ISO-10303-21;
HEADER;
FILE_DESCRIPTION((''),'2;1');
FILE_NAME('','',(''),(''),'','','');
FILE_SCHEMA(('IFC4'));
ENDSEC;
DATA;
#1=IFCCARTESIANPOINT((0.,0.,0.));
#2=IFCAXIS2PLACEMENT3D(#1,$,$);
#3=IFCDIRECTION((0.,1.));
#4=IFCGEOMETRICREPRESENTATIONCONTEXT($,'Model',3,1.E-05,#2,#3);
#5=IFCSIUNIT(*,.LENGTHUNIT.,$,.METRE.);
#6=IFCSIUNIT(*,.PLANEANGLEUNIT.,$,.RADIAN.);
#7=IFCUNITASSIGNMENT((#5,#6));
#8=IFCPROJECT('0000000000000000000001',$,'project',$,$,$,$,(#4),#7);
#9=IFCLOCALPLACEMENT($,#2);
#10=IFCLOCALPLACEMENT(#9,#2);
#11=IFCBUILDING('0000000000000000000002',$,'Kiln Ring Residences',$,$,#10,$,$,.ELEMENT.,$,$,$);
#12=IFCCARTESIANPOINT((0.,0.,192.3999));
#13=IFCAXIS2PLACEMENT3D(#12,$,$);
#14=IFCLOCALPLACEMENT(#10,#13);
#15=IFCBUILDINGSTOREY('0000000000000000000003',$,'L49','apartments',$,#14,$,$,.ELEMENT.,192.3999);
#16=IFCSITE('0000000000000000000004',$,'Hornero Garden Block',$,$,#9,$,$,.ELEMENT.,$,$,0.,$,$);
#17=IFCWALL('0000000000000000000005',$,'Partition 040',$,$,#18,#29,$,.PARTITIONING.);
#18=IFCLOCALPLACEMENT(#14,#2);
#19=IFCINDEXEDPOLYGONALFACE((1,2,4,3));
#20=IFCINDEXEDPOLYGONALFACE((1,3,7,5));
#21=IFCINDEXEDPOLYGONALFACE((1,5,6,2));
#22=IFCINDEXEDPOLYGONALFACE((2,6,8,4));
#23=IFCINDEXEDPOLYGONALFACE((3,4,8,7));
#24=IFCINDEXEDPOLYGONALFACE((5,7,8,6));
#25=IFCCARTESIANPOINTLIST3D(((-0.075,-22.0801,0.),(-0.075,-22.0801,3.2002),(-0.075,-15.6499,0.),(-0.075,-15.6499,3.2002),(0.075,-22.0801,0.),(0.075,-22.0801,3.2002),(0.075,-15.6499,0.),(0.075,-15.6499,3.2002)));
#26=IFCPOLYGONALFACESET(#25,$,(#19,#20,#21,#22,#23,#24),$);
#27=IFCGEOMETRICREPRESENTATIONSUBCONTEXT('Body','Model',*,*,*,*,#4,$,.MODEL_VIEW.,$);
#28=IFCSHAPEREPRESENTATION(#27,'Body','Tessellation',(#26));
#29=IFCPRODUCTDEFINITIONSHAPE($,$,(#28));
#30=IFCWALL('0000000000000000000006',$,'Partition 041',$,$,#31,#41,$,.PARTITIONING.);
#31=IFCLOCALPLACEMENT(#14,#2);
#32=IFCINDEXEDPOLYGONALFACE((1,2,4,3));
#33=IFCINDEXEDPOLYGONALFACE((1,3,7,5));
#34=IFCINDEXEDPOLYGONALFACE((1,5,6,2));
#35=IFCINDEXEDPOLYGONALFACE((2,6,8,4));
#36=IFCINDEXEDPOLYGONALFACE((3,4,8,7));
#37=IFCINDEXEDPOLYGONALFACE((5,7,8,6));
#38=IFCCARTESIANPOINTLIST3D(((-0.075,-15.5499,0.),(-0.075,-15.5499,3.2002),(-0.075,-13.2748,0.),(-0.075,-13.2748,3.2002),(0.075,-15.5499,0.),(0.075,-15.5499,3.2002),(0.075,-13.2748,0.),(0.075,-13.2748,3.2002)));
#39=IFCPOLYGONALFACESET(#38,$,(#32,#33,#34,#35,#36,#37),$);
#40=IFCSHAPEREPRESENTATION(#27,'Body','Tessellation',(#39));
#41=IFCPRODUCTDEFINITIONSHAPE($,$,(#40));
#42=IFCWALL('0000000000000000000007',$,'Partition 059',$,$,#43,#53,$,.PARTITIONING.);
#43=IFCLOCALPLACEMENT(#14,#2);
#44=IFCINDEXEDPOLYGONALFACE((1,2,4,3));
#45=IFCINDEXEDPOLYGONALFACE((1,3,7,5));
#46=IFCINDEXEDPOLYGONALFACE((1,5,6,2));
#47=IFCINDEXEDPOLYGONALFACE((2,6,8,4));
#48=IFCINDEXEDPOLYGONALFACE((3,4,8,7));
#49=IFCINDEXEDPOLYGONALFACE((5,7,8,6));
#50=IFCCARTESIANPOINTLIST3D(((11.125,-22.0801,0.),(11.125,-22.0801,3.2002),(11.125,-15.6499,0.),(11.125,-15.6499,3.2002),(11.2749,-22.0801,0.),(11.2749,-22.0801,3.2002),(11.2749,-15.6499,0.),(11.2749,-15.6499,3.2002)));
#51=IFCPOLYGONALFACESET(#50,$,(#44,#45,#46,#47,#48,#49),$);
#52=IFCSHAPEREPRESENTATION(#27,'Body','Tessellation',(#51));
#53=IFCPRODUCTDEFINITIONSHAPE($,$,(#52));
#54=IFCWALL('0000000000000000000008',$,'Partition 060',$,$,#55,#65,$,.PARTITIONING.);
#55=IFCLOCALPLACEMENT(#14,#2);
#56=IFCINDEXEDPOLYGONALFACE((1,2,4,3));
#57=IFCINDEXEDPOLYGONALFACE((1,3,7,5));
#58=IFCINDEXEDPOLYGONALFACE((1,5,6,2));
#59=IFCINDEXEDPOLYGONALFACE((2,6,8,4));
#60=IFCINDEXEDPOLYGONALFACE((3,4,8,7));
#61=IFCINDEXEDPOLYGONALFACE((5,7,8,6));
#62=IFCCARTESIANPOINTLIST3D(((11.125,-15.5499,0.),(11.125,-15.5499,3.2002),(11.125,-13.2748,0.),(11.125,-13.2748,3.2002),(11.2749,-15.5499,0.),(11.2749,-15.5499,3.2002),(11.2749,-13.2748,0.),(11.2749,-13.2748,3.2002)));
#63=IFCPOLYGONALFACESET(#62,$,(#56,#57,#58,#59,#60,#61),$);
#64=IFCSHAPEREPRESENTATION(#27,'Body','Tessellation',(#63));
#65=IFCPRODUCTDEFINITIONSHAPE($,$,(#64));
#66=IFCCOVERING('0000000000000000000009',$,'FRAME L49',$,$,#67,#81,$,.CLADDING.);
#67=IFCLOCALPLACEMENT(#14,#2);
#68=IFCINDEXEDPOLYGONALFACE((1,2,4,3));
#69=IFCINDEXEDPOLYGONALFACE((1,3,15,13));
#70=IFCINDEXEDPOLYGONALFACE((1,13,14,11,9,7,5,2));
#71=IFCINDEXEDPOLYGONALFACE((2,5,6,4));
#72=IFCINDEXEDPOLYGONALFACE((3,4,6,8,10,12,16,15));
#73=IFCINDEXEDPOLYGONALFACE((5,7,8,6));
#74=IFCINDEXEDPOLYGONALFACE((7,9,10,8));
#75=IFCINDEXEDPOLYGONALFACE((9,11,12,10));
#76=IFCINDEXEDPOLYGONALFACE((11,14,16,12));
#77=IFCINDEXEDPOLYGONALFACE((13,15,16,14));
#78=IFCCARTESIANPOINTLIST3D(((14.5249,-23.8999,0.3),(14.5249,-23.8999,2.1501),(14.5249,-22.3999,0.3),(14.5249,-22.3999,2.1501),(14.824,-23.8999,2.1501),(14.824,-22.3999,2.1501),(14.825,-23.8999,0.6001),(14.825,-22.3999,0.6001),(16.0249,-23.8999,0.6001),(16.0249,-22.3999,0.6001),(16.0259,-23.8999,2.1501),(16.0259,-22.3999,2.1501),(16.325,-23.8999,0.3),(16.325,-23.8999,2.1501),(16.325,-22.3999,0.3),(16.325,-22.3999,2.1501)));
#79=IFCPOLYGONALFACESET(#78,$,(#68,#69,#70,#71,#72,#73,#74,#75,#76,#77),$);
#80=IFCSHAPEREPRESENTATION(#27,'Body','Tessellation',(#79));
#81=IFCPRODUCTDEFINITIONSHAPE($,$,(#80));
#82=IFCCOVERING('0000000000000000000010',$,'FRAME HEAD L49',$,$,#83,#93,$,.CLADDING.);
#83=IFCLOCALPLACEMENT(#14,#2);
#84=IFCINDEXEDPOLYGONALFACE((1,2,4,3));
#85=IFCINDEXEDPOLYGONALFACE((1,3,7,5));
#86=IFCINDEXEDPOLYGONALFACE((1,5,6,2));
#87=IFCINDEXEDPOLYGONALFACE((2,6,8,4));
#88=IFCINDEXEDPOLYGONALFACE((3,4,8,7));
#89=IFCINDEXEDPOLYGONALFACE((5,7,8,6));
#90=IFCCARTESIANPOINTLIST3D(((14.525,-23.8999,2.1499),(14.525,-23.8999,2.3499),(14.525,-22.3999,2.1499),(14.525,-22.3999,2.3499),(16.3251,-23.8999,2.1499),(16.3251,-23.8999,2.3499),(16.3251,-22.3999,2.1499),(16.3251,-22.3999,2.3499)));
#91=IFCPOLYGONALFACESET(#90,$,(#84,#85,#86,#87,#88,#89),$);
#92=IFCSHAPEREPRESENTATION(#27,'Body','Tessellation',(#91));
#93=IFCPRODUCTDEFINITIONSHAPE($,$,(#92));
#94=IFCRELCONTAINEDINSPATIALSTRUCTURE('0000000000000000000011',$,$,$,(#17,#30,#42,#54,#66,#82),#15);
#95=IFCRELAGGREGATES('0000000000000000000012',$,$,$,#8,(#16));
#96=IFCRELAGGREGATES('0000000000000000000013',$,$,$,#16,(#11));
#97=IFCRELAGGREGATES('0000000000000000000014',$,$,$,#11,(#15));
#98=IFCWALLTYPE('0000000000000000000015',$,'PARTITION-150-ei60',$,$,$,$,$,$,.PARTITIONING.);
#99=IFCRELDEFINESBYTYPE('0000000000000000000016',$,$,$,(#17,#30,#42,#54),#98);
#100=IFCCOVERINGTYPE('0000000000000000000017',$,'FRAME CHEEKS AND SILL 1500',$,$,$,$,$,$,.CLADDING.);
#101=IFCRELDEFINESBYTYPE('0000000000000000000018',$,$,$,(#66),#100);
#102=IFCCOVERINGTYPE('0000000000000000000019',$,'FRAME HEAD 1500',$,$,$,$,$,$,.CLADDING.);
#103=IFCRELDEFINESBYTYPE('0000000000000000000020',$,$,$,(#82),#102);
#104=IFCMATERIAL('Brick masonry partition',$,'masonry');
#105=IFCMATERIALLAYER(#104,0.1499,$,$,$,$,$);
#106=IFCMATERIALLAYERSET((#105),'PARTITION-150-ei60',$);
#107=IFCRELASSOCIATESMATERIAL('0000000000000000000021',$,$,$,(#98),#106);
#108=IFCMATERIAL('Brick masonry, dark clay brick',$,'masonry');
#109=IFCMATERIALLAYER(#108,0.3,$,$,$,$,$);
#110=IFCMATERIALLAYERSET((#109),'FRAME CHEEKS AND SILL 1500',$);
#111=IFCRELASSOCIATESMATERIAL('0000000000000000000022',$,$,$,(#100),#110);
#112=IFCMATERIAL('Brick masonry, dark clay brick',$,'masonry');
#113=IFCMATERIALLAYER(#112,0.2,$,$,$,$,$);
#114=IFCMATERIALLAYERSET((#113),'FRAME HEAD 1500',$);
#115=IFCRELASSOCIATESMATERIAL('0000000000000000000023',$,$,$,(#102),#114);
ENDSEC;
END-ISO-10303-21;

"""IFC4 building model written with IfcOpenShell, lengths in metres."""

from ifc_helpers import new_model, si_unit, direction, frame, frame_2d, origin, origin_2d, place, context, subcontext, project, spatial, polyline, rectangle, outline, extrude, material, layer, layer_set, type_object, element, save


model = new_model("IFC4")

# Units and contexts
model_context = context("Model", 3, precision=1e-05, world=origin(), true_north=direction((0.0, 1.0)))
body_context = subcontext(model_context, "Body", "Model", "MODEL_VIEW")
ifc_project = project(units=[si_unit("LENGTHUNIT", "METRE"), si_unit("PLANEANGLEUNIT", "RADIAN")], contexts=[model_context])

# Site, building, storey
site_placement = place(None, origin())
site = spatial("IfcSite", under=ifc_project, at=site_placement, Name="Hornero Garden Block", CompositionType="ELEMENT", RefElevation=0.0)
building_placement = place(site_placement, origin())
building = spatial("IfcBuilding", under=site, at=building_placement, Name="Kiln Ring Residences", CompositionType="ELEMENT")
storey_placement = place(building_placement, frame((0.0, 0.0, 192.3999)))
storey = spatial("IfcBuildingStorey", under=building, at=storey_placement, Name="L49", Description="apartments", CompositionType="ELEMENT", Elevation=192.3999)

# Walls
ifc_material_1 = material(Name="Brick masonry partition", Category="masonry")
ifc_layer_1 = layer(ifc_material_1, 0.1499)
ifc_layer_set_1 = layer_set([ifc_layer_1], Name="PARTITION-150-ei60")
wall_type_1 = type_object("IfcWallType", Name="PARTITION-150-ei60", PredefinedType="PARTITIONING", material=ifc_layer_set_1)
wall_1_placement = place(storey_placement, frame((0.0, -22.0801, 0.0), z_axis=(0.0, 0.0, 1.0), x_axis=(0.0, 1.0, 0.0)))
element("IfcWall", 1, at=wall_1_placement, inside=storey, type_object=wall_type_1, Name="Partition 040", PredefinedType="PARTITIONING", context=body_context, shape_type="SweptSolid", body=[
    extrude(rectangle(XDim=6.4302, YDim=0.1499, at=frame_2d((3.2151, 0.0))), origin(), (0.0, 0.0, 1.0), 3.2002),
])
wall_2_placement = place(storey_placement, frame((0.0, -15.55, 0.0), z_axis=(0.0, 0.0, 1.0), x_axis=(0.0, 1.0, 0.0)))
element("IfcWall", 2, at=wall_2_placement, inside=storey, type_object=wall_type_1, Name="Partition 041", PredefinedType="PARTITIONING", context=body_context, shape_type="SweptSolid", body=[
    extrude(rectangle(XDim=2.2751, YDim=0.1499, at=frame_2d((1.1377, 0.0))), origin(), (0.0, 0.0, 1.0), 3.2002),
])
wall_3_placement = place(storey_placement, frame((11.2, -22.0801, 0.0), z_axis=(0.0, 0.0, 1.0), x_axis=(0.0, 1.0, 0.0)))
element("IfcWall", 3, at=wall_3_placement, inside=storey, type_object=wall_type_1, Name="Partition 059", PredefinedType="PARTITIONING", context=body_context, shape_type="SweptSolid", body=[
    extrude(rectangle(XDim=6.4302, YDim=0.1499, at=frame_2d((3.2151, 0.0))), origin(), (0.0, 0.0, 1.0), 3.2002),
])
wall_4_placement = place(storey_placement, frame((11.2, -15.55, 0.0), z_axis=(0.0, 0.0, 1.0), x_axis=(0.0, 1.0, 0.0)))
element("IfcWall", 4, at=wall_4_placement, inside=storey, type_object=wall_type_1, Name="Partition 060", PredefinedType="PARTITIONING", context=body_context, shape_type="SweptSolid", body=[
    extrude(rectangle(XDim=2.2751, YDim=0.1499, at=frame_2d((1.1377, 0.0))), origin(), (0.0, 0.0, 1.0), 3.2002),
])

# Coverings
ifc_material_2 = material(Name="Brick masonry, dark clay brick", Category="masonry")
ifc_layer_2 = layer(ifc_material_2, 0.3)
ifc_layer_set_2 = layer_set([ifc_layer_2], Name="FRAME CHEEKS AND SILL 1500")
covering_type_1 = type_object("IfcCoveringType", Name="FRAME CHEEKS AND SILL 1500", PredefinedType="CLADDING", material=ifc_layer_set_2)
covering_1_placement = place(storey_placement, frame((14.5249, -23.1499, 0.3), z_axis=(0.0, 0.0, 1.0), x_axis=(1.0, 0.0, 0.0)))
element("IfcCovering", 5, at=covering_1_placement, inside=storey, type_object=covering_type_1, Name="FRAME L49", PredefinedType="CLADDING", context=body_context, shape_type="SweptSolid", body=[
    extrude(outline(polyline([(0.0, 0.0), (1.8, 0.0), (1.8, 1.8501), (1.501, 1.8501), (1.5, 0.3), (0.3, 0.3), (0.2991, 1.8501), (0.0, 1.8501), (0.0, 0.0)])), frame((0.0, 0.75, 0.0), z_axis=(0.0, -1.0, 0.0), x_axis=(1.0, 0.0, 0.0)), (0.0, 0.0, 1.0), 1.5),
])
ifc_material_3 = material(Name="Brick masonry, dark clay brick", Category="masonry")
ifc_layer_3 = layer(ifc_material_3, 0.2)
ifc_layer_set_3 = layer_set([ifc_layer_3], Name="FRAME HEAD 1500")
covering_type_2 = type_object("IfcCoveringType", Name="FRAME HEAD 1500", PredefinedType="CLADDING", material=ifc_layer_set_3)
covering_2_placement = place(storey_placement, frame((15.425, -23.1499, 2.1499), z_axis=(0.0, 0.0, 1.0), x_axis=(1.0, 0.0, 0.0)))
element("IfcCovering", 6, at=covering_2_placement, inside=storey, type_object=covering_type_2, Name="FRAME HEAD L49", PredefinedType="CLADDING", context=body_context, shape_type="SweptSolid", body=[
    extrude(rectangle(XDim=1.8, YDim=1.5, at=origin_2d()), origin(), (0.0, 0.0, 1.0), 0.2),
])

save(model, "model.ifc")
